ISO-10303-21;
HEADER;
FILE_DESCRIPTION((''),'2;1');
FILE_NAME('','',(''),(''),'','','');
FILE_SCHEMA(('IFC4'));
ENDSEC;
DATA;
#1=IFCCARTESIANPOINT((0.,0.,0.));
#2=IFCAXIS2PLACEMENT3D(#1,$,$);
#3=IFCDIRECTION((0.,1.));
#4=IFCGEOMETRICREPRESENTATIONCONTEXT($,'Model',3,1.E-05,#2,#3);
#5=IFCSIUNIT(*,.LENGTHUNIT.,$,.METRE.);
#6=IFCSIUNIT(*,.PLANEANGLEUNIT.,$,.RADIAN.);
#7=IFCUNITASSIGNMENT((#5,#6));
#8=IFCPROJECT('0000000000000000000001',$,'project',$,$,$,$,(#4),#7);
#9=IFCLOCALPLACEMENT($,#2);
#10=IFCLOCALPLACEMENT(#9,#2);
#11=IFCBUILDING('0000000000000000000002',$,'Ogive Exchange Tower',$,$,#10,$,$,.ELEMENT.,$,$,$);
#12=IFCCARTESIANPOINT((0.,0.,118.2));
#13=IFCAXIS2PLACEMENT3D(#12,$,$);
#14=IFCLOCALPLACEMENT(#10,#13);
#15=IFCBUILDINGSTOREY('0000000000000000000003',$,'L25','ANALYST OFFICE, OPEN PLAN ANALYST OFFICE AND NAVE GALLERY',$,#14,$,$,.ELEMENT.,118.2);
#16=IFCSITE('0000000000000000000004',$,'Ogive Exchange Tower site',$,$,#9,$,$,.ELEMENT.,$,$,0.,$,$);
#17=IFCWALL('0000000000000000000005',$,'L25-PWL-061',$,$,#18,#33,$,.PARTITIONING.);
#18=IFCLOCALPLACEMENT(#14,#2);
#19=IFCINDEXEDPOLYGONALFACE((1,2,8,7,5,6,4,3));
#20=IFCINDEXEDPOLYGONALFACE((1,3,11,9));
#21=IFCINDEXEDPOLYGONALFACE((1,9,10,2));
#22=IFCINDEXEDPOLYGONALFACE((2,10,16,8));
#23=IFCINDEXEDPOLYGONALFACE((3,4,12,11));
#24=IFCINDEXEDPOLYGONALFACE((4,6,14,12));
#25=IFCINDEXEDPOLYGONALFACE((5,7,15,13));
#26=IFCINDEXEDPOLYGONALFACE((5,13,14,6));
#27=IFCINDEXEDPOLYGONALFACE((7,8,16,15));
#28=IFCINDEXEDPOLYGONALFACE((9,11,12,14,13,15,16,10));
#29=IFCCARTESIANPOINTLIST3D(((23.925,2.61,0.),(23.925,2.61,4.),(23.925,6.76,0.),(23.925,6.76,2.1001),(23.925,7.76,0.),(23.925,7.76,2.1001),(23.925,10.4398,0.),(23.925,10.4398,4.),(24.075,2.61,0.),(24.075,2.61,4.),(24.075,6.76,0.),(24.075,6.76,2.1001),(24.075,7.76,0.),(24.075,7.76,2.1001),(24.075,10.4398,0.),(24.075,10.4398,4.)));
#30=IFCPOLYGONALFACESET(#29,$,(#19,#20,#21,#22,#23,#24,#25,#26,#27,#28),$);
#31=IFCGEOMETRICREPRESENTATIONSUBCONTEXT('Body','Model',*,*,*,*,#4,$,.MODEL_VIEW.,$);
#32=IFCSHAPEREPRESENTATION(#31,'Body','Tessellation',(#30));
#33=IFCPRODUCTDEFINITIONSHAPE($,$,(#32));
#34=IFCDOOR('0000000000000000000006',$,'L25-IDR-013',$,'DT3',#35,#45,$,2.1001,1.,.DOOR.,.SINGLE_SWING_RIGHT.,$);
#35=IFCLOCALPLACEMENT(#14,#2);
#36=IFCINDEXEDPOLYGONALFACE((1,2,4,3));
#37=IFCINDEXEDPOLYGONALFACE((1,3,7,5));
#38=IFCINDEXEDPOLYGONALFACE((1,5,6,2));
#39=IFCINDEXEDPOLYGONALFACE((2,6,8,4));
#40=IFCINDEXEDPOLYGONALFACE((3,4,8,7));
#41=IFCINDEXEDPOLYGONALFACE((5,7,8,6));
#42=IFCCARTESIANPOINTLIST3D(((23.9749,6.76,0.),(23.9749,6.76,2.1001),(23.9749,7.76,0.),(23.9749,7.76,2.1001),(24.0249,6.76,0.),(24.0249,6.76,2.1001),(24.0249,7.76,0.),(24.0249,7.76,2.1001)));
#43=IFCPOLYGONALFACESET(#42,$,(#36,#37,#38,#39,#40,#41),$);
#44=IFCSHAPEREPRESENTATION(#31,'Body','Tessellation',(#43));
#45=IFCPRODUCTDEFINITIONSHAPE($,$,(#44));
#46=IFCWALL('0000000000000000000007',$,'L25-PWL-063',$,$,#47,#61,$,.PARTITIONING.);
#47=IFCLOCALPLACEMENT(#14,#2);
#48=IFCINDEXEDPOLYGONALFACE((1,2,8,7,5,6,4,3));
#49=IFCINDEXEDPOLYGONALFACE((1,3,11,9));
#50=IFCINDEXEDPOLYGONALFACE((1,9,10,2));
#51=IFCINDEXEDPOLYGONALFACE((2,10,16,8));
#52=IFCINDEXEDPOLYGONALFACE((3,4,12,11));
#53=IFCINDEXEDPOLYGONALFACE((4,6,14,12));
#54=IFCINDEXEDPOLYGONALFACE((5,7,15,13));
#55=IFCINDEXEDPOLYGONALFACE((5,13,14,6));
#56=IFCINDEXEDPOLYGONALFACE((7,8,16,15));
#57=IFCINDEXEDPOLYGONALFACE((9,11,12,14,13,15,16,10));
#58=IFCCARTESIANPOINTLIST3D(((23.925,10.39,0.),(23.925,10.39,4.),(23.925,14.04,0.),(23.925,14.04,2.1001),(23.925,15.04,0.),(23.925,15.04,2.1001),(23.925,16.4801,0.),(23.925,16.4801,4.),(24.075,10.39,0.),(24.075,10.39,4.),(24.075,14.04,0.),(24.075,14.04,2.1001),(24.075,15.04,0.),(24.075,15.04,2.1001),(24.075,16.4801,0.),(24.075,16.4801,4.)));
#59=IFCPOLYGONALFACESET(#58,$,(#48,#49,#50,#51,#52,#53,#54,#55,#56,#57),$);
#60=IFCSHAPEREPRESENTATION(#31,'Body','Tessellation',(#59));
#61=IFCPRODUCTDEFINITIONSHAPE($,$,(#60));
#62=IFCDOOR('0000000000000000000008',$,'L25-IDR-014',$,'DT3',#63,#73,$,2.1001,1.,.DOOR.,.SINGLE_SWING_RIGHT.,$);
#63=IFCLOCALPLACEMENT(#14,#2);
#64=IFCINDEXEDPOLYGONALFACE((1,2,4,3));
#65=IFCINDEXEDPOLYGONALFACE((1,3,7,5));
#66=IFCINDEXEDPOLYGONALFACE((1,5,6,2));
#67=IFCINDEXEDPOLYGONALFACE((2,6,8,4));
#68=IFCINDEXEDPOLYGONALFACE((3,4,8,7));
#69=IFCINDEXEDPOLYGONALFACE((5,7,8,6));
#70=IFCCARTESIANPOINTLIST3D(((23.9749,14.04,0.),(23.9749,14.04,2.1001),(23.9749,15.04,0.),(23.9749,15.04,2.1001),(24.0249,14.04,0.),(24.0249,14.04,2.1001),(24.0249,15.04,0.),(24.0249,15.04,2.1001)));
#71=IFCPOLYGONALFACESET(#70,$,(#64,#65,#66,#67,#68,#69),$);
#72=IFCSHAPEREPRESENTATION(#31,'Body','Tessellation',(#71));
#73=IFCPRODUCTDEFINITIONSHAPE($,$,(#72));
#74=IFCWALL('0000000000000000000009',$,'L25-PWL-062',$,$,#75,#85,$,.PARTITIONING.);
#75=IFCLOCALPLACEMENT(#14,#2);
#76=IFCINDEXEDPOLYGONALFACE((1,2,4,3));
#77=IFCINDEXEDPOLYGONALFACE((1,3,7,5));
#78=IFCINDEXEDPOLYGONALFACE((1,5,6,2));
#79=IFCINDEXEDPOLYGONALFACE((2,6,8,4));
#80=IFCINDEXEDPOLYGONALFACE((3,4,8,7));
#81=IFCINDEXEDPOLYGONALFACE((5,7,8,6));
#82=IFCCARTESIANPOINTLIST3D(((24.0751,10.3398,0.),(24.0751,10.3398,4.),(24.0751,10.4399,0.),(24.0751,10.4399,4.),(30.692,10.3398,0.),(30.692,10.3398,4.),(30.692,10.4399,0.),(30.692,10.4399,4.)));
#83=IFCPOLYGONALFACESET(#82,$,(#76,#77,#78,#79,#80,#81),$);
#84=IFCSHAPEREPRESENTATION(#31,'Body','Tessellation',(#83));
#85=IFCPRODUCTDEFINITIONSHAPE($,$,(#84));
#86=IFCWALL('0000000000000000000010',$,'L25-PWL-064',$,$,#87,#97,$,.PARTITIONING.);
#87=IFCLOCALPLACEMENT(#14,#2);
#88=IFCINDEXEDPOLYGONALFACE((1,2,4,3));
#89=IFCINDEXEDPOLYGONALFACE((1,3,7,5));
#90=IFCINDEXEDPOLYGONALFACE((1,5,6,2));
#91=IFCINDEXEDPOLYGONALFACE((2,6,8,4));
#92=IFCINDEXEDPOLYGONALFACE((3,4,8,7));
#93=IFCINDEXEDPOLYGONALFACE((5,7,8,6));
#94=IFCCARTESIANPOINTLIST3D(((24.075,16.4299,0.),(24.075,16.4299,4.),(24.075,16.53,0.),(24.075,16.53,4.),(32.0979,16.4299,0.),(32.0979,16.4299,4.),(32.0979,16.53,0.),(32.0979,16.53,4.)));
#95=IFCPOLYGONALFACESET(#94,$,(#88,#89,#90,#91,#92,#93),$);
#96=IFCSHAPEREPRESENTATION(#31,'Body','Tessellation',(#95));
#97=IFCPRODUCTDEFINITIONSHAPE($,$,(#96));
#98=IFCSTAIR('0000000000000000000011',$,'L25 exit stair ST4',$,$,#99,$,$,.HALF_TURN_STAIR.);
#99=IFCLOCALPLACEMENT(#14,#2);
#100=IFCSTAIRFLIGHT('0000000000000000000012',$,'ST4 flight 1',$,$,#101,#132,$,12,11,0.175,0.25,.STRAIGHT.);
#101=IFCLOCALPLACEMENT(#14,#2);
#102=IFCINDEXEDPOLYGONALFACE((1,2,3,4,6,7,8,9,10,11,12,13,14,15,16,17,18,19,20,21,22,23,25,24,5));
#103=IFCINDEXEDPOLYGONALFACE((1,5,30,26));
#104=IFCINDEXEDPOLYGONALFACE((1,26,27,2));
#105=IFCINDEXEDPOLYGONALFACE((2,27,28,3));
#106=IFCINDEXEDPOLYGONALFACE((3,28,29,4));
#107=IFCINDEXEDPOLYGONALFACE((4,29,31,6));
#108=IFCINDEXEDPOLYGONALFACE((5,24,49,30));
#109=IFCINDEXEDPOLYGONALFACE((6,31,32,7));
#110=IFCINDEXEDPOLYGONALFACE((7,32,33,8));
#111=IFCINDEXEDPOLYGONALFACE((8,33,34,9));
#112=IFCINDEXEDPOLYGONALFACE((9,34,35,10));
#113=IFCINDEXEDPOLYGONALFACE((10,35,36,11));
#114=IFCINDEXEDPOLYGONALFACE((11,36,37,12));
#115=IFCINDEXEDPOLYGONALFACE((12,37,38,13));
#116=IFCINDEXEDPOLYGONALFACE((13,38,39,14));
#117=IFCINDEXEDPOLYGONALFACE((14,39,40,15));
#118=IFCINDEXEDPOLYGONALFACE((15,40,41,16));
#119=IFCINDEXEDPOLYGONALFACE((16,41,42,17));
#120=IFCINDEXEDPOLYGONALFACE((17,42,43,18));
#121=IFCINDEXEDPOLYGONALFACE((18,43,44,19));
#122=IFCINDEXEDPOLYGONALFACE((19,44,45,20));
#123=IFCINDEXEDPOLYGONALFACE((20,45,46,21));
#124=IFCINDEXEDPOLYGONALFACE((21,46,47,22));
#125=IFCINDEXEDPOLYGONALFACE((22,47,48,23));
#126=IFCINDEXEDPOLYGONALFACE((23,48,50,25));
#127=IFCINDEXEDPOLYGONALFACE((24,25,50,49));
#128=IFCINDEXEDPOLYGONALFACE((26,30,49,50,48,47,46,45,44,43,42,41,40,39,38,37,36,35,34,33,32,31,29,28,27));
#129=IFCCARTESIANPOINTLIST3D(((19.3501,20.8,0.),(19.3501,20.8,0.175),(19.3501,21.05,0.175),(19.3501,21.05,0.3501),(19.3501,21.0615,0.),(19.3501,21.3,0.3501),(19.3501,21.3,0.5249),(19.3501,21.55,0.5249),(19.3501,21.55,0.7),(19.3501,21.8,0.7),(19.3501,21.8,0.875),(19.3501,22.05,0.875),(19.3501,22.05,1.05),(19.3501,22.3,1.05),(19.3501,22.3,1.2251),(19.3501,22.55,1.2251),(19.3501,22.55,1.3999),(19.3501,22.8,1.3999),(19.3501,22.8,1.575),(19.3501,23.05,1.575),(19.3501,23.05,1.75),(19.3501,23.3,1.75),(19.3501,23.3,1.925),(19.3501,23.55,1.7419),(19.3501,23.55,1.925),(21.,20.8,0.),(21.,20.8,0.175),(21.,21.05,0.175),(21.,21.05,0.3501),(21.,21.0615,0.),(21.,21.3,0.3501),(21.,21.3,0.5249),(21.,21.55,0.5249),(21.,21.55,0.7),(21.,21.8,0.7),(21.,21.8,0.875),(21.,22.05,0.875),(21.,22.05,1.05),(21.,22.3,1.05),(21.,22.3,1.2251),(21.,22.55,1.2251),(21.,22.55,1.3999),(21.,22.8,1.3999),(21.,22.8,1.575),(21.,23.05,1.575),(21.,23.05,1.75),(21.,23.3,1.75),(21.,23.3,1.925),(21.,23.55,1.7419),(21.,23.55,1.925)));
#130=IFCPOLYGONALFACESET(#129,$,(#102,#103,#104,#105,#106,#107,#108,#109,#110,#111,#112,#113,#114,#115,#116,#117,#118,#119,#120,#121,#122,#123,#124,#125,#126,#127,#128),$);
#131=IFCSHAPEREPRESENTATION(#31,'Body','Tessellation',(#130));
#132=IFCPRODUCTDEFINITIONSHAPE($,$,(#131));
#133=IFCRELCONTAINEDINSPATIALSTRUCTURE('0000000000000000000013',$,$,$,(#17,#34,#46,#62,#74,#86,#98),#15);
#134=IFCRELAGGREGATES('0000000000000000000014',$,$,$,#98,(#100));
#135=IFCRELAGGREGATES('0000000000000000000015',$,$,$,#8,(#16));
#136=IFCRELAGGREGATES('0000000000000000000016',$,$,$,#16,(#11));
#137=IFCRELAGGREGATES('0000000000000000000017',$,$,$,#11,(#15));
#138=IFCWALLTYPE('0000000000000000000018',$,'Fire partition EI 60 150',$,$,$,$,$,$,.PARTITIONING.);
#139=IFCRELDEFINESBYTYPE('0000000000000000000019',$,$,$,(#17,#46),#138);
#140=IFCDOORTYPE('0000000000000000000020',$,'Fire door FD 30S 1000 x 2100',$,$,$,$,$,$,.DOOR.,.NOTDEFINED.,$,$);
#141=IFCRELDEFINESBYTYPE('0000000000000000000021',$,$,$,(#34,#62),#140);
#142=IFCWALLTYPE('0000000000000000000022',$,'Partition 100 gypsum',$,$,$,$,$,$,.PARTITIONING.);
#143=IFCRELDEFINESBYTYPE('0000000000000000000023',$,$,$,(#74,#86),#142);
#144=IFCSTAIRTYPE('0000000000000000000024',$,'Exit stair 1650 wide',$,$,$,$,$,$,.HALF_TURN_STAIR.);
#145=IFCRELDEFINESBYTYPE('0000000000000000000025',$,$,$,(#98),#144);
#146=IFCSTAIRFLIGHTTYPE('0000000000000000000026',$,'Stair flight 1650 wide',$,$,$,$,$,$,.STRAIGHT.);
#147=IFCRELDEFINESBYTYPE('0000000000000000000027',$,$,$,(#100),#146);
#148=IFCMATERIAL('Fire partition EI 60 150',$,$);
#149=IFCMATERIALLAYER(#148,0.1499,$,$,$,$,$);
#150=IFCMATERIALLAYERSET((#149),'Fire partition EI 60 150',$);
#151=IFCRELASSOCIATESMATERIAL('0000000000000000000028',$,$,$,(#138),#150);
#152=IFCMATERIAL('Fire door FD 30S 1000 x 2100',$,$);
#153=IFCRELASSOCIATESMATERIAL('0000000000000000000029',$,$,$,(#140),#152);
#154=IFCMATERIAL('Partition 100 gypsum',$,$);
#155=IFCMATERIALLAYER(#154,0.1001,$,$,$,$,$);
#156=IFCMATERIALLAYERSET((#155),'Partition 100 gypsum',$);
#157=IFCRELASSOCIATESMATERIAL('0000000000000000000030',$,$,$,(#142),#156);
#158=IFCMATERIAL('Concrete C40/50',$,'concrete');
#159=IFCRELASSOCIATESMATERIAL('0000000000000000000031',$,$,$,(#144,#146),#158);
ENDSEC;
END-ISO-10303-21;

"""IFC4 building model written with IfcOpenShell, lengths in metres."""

from ifc_helpers import new_model, si_unit, direction, frame, frame_2d, origin, place, context, subcontext, project, spatial, polyline, rectangle, outline, extrude, material, layer, layer_set, type_object, element, fill, aggregate, save


model = new_model("IFC4")

# Units and contexts
model_context = context("Model", 3, precision=1e-05, world=origin(), true_north=direction((0.0, 1.0)))
body_context = subcontext(model_context, "Body", "Model", "MODEL_VIEW")
ifc_project = project(units=[si_unit("LENGTHUNIT", "METRE"), si_unit("PLANEANGLEUNIT", "RADIAN")], contexts=[model_context])

# Site, building, storey
site_placement = place(None, origin())
site = spatial("IfcSite", under=ifc_project, at=site_placement, Name="Ogive Exchange Tower site", CompositionType="ELEMENT", RefElevation=0.0)
building_placement = place(site_placement, origin())
building = spatial("IfcBuilding", under=site, at=building_placement, Name="Ogive Exchange Tower", CompositionType="ELEMENT")
storey_placement = place(building_placement, frame((0.0, 0.0, 118.2)))
storey = spatial("IfcBuildingStorey", under=building, at=storey_placement, Name="L25", Description="ANALYST OFFICE, OPEN PLAN ANALYST OFFICE AND NAVE GALLERY", CompositionType="ELEMENT", Elevation=118.2)

# Walls, openings, doors
ifc_material_1 = material(Name="Fire partition EI 60 150")
ifc_layer_1 = layer(ifc_material_1, 0.1499)
ifc_layer_set_1 = layer_set([ifc_layer_1], Name="Fire partition EI 60 150")
wall_type_1 = type_object("IfcWallType", Name="Fire partition EI 60 150", PredefinedType="PARTITIONING", material=ifc_layer_set_1)
wall_1_placement = place(storey_placement, frame((24.0, 10.4399, 0.0), z_axis=(0.0, 0.0, 1.0), x_axis=(0.0, -1.0, 0.0)))
wall_1 = element("IfcWall", 1, at=wall_1_placement, inside=storey, type_object=wall_type_1, Name="L25-PWL-061", PredefinedType="PARTITIONING", context=body_context, shape_type="SweptSolid", body=[
    extrude(rectangle(XDim=7.8298, YDim=0.1499, at=frame_2d((3.915, 0.0))), origin(), (0.0, 0.0, 1.0), 4.0),
])
opening_1_placement = place(wall_1_placement, frame((2.6799, 0.0, 0.0)))
opening_1 = element("IfcOpeningElement", 2, at=opening_1_placement, cuts=wall_1, PredefinedType="OPENING", context=body_context, shape_type="SweptSolid", body=[
    extrude(rectangle(XDim=1.0, YDim=2.1001, at=frame_2d((0.5, 1.05))), frame((0.0, 0.085, 0.0), z_axis=(0.0, -1.0, 0.0), x_axis=(1.0, 0.0, 0.0)), (0.0, 0.0, 1.0), 0.1699),
])
ifc_material_2 = material(Name="Fire door FD 30S 1000 x 2100")
door_type = type_object("IfcDoorType", Name="Fire door FD 30S 1000 x 2100", OperationType="NOTDEFINED", PredefinedType="DOOR", material=ifc_material_2)
door_1_placement = place(opening_1_placement, origin())
door_1 = element("IfcDoor", 3, at=door_1_placement, inside=storey, type_object=door_type, Name="L25-IDR-013", ObjectType="DT3", OperationType="SINGLE_SWING_RIGHT", OverallHeight=2.1001, OverallWidth=1.0, PredefinedType="DOOR", context=body_context, shape_type="SweptSolid", body=[
    extrude(rectangle(XDim=1.0, YDim=2.1001, at=frame_2d((0.5, 1.05))), frame((0.0, 0.0249, 0.0), z_axis=(0.0, -1.0, 0.0), x_axis=(1.0, 0.0, 0.0)), (0.0, 0.0, 1.0), 0.05),
])
fill(opening_1, door_1)
wall_2_placement = place(storey_placement, frame((24.0, 16.48, 0.0), z_axis=(0.0, 0.0, 1.0), x_axis=(0.0, -1.0, 0.0)))
wall_2 = element("IfcWall", 4, at=wall_2_placement, inside=storey, type_object=wall_type_1, Name="L25-PWL-063", PredefinedType="PARTITIONING", context=body_context, shape_type="SweptSolid", body=[
    extrude(rectangle(XDim=6.0901, YDim=0.1499, at=frame_2d((3.0449, 0.0))), origin(), (0.0, 0.0, 1.0), 4.0),
])
opening_2_placement = place(wall_2_placement, frame((1.4399, 0.0, 0.0)))
opening_2 = element("IfcOpeningElement", 5, at=opening_2_placement, cuts=wall_2, PredefinedType="OPENING", context=body_context, shape_type="SweptSolid", body=[
    extrude(rectangle(XDim=1.0, YDim=2.1001, at=frame_2d((0.5, 1.05))), frame((0.0, 0.085, 0.0), z_axis=(0.0, -1.0, 0.0), x_axis=(1.0, 0.0, 0.0)), (0.0, 0.0, 1.0), 0.1699),
])
door_2_placement = place(opening_2_placement, origin())
door_2 = element("IfcDoor", 6, at=door_2_placement, inside=storey, type_object=door_type, Name="L25-IDR-014", ObjectType="DT3", OperationType="SINGLE_SWING_RIGHT", OverallHeight=2.1001, OverallWidth=1.0, PredefinedType="DOOR", context=body_context, shape_type="SweptSolid", body=[
    extrude(rectangle(XDim=1.0, YDim=2.1001, at=frame_2d((0.5, 1.05))), frame((0.0, 0.0249, 0.0), z_axis=(0.0, -1.0, 0.0), x_axis=(1.0, 0.0, 0.0)), (0.0, 0.0, 1.0), 0.05),
])
fill(opening_2, door_2)

# Walls
ifc_material_3 = material(Name="Partition 100 gypsum")
ifc_layer_2 = layer(ifc_material_3, 0.1001)
ifc_layer_set_2 = layer_set([ifc_layer_2], Name="Partition 100 gypsum")
wall_type_2 = type_object("IfcWallType", Name="Partition 100 gypsum", PredefinedType="PARTITIONING", material=ifc_layer_set_2)
wall_3_placement = place(storey_placement, frame((24.075, 10.3899, 0.0), z_axis=(0.0, 0.0, 1.0), x_axis=(1.0, 0.0, 0.0)))
element("IfcWall", 7, at=wall_3_placement, inside=storey, type_object=wall_type_2, Name="L25-PWL-062", PredefinedType="PARTITIONING", context=body_context, shape_type="SweptSolid", body=[
    extrude(rectangle(XDim=6.6169, YDim=0.1001, at=frame_2d((3.3086, 0.0))), origin(), (0.0, 0.0, 1.0), 4.0),
])
wall_4_placement = place(storey_placement, frame((24.075, 16.48, 0.0), z_axis=(0.0, 0.0, 1.0), x_axis=(1.0, 0.0, 0.0)))
element("IfcWall", 8, at=wall_4_placement, inside=storey, type_object=wall_type_2, Name="L25-PWL-064", PredefinedType="PARTITIONING", context=body_context, shape_type="SweptSolid", body=[
    extrude(rectangle(XDim=8.0229, YDim=0.1001, at=frame_2d((4.0115, 0.0))), origin(), (0.0, 0.0, 1.0), 4.0),
])

# Stair, stair flight
ifc_material_4 = material(Name="Concrete C40/50", Category="concrete")
stair_type = type_object("IfcStairType", Name="Exit stair 1650 wide", PredefinedType="HALF_TURN_STAIR", material=ifc_material_4)
stair_placement = place(storey_placement, origin())
stair = element("IfcStair", 9, at=stair_placement, inside=storey, type_object=stair_type, Name="L25 exit stair ST4", PredefinedType="HALF_TURN_STAIR")
stair_flight_type = type_object("IfcStairFlightType", Name="Stair flight 1650 wide", PredefinedType="STRAIGHT", material=ifc_material_4)
stair_flight_placement = place(storey_placement, frame((20.175, 20.8, 0.0), z_axis=(0.0, 0.0, 1.0), x_axis=(0.0, 1.0, 0.0)))
stair_flight = element("IfcStairFlight", 10, at=stair_flight_placement, type_object=stair_flight_type, Name="ST4 flight 1", NumberOfRisers=12, NumberOfTreads=11, PredefinedType="STRAIGHT", RiserHeight=0.175, TreadLength=0.25, context=body_context, shape_type="SweptSolid", body=[
    extrude(outline(polyline([(0.0, 0.0), (0.0, 0.175), (0.25, 0.175), (0.25, 0.3501), (0.5, 0.3501), (0.5, 0.5249), (0.75, 0.5249), (0.75, 0.7), (1.0, 0.7), (1.0, 0.875), (1.25, 0.875), (1.25, 1.05), (1.5, 1.05), (1.5, 1.2251), (1.75, 1.2251), (1.75, 1.3999), (2.0, 1.3999), (2.0, 1.575), (2.25, 1.575), (2.25, 1.75), (2.5, 1.75), (2.5, 1.925), (2.75, 1.925), (2.75, 2.1001), (2.75, 1.7419), (0.2615, 0.0), (0.0, 0.0)])), frame((0.0, 0.825, 0.0), z_axis=(0.0, -1.0, 0.0), x_axis=(1.0, 0.0, 0.0)), (0.0, 0.0, 1.0), 1.6499),
])
aggregate(stair, [stair_flight])

save(model, "model.ifc")
